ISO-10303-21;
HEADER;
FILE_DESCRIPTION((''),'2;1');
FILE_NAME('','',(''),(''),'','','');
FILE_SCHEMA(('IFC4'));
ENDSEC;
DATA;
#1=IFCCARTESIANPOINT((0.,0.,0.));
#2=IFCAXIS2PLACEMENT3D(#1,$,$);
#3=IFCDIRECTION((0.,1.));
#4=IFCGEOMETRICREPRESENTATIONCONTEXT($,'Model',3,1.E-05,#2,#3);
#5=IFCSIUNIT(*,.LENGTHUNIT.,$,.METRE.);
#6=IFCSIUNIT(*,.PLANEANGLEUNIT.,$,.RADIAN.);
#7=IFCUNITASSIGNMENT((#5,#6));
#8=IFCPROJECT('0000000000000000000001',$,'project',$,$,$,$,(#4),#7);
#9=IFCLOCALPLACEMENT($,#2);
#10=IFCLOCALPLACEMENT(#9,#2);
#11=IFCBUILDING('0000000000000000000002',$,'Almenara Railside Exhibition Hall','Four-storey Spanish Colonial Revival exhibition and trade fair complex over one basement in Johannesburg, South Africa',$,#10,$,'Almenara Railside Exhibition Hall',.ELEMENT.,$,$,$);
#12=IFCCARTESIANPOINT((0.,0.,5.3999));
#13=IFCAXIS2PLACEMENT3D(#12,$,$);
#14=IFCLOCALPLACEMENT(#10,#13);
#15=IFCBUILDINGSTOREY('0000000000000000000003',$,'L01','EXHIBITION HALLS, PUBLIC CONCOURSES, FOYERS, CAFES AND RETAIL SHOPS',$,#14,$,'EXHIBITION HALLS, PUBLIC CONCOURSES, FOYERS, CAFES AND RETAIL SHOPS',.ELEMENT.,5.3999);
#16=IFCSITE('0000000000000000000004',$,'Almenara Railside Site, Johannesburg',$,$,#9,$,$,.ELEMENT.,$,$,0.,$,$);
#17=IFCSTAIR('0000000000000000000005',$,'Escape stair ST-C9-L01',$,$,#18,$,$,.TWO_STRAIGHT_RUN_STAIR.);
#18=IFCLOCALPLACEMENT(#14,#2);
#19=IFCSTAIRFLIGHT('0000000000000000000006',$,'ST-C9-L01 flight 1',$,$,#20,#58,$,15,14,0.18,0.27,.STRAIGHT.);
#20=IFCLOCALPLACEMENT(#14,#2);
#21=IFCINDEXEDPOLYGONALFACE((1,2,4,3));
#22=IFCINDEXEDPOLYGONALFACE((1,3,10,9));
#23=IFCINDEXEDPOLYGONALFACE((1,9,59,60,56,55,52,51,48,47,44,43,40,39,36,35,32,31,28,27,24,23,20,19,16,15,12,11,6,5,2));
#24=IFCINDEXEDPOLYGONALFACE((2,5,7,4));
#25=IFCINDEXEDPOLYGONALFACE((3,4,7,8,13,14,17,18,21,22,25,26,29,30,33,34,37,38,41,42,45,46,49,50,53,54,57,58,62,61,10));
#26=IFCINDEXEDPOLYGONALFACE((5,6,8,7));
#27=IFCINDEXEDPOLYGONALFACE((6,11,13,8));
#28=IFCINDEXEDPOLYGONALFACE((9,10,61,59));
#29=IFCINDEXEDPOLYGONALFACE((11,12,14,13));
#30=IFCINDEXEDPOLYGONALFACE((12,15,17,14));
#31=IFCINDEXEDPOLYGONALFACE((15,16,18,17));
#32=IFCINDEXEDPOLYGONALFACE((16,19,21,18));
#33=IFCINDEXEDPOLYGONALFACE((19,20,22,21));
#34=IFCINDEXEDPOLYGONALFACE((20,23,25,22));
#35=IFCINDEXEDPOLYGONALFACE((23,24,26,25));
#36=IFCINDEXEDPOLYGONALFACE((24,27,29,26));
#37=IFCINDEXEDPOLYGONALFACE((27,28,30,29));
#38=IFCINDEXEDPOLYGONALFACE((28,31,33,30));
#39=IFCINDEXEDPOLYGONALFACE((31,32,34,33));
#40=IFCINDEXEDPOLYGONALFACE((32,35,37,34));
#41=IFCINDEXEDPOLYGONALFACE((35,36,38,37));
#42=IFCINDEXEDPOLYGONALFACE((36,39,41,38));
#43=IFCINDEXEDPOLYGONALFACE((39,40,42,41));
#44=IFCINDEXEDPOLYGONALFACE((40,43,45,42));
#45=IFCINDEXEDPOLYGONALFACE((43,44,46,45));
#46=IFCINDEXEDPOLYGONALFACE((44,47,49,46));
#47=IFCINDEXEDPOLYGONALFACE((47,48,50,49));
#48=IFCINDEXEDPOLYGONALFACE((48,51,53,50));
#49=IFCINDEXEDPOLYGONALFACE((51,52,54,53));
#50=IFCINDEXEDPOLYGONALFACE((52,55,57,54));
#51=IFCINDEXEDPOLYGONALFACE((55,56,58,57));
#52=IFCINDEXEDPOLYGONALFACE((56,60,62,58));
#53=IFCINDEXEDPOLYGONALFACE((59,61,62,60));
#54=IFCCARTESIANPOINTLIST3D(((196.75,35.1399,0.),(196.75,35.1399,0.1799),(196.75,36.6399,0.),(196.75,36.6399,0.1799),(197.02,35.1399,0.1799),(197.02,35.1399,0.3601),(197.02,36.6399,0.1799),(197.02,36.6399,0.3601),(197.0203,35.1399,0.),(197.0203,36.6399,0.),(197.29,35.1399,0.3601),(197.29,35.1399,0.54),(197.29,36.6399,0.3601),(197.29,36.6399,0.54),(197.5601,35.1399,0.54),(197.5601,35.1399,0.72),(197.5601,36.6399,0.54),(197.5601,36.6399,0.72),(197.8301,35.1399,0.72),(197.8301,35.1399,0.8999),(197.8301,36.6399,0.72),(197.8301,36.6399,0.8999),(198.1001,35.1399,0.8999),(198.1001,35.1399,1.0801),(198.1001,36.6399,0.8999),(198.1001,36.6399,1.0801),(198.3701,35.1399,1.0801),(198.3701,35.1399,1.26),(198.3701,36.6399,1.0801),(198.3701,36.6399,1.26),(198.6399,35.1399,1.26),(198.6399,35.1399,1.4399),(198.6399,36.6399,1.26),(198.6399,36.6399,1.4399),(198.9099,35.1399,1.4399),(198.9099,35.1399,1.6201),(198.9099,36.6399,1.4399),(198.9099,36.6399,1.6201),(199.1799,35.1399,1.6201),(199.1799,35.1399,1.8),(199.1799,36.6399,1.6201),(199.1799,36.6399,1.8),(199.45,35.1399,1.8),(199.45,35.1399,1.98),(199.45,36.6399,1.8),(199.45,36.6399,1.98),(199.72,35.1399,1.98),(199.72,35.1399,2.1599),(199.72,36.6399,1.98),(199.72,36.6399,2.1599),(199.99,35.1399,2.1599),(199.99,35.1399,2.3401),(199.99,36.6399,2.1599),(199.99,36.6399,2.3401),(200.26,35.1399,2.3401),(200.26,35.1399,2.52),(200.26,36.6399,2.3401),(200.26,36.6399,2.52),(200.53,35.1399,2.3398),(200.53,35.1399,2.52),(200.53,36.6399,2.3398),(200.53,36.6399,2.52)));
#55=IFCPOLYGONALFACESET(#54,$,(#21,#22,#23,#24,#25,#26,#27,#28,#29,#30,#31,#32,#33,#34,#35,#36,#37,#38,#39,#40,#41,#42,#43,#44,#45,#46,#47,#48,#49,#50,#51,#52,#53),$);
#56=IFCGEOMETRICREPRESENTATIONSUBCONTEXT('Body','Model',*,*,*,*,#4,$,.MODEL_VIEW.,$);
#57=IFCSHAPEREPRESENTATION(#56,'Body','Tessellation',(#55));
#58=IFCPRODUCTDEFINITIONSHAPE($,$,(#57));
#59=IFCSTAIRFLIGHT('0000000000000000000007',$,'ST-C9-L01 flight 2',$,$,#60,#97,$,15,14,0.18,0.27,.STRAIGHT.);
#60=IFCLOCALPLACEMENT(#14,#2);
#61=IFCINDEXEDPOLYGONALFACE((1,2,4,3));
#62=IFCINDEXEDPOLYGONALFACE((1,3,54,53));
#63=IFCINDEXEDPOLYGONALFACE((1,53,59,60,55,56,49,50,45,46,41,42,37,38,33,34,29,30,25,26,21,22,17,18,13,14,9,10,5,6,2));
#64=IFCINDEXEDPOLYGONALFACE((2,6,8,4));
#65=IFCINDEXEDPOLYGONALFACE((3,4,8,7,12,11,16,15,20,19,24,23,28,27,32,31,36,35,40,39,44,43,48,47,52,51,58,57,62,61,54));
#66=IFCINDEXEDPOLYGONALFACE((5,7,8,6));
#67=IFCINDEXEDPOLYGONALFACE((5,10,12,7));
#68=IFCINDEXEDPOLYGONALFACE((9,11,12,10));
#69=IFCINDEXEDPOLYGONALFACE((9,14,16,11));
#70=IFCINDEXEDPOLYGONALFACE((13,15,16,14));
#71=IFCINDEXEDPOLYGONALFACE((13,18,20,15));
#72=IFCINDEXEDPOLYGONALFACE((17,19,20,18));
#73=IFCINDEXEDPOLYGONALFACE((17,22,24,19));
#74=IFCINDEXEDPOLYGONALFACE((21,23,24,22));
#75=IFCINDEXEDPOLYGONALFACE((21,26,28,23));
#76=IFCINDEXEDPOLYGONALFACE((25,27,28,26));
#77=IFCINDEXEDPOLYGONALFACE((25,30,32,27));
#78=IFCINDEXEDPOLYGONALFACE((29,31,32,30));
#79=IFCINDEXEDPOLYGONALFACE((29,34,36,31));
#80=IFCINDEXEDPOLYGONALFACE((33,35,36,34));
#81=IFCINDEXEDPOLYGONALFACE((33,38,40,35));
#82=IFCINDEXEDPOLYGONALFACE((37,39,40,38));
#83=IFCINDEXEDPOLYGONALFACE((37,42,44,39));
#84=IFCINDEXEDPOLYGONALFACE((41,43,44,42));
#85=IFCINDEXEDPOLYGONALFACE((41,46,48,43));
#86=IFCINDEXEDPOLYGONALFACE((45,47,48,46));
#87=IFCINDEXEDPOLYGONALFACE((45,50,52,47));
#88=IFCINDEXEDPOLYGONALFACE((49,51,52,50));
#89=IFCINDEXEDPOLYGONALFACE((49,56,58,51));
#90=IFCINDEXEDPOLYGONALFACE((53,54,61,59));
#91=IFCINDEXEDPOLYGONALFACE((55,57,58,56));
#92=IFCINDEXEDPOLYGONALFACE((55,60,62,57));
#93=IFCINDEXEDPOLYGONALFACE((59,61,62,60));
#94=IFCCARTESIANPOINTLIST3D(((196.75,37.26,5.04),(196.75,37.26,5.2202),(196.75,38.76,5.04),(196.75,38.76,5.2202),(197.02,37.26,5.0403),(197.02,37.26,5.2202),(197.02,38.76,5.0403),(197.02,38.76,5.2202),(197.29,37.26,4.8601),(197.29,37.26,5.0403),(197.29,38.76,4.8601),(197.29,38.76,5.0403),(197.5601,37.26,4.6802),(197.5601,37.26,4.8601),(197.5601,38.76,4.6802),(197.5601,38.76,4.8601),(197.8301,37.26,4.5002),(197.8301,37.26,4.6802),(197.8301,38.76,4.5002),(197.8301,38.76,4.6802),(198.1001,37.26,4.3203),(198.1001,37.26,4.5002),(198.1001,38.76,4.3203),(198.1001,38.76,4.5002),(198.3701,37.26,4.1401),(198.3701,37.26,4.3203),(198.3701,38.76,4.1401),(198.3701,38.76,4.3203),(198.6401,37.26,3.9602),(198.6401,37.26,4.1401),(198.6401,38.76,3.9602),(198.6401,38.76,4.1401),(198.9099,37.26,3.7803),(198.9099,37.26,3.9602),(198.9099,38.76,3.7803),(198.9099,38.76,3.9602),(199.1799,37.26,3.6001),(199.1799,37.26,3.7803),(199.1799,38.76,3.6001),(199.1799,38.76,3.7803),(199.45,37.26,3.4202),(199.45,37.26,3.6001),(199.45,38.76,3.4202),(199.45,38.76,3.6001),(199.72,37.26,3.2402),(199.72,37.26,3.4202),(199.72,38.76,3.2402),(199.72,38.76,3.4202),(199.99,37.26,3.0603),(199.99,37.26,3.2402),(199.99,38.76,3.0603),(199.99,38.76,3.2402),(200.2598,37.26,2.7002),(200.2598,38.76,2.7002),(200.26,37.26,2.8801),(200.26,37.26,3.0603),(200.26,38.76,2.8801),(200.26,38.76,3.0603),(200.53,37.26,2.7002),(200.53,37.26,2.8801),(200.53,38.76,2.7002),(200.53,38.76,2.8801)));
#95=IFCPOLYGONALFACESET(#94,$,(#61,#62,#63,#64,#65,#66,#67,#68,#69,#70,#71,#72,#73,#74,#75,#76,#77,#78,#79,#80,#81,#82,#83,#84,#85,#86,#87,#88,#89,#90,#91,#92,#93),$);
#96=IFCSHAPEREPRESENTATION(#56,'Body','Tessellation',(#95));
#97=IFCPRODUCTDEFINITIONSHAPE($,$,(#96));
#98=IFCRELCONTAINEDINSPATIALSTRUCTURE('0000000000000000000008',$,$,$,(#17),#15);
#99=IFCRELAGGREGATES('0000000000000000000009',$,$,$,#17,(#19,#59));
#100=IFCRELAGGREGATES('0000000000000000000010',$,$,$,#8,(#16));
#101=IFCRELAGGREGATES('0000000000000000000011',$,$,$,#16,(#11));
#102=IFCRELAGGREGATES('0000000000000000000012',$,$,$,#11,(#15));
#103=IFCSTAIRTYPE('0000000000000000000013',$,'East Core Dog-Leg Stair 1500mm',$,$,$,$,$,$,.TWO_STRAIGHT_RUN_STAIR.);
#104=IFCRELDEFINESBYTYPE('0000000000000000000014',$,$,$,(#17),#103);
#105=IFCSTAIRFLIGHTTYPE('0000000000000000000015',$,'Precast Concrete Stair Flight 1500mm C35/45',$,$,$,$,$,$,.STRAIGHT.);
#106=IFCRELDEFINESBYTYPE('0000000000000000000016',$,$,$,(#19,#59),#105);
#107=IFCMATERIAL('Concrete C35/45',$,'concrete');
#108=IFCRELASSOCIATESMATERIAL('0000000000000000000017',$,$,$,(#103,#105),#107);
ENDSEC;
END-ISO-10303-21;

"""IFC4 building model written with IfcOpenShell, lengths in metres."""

from ifc_helpers import new_model, si_unit, direction, frame, origin, place, context, subcontext, project, spatial, polyline, outline, extrude, material, type_object, element, aggregate, save


model = new_model("IFC4")

# Units and contexts
model_context = context("Model", 3, precision=1e-05, world=origin(), true_north=direction((0.0, 1.0)))
body_context = subcontext(model_context, "Body", "Model", "MODEL_VIEW")
ifc_project = project(units=[si_unit("LENGTHUNIT", "METRE"), si_unit("PLANEANGLEUNIT", "RADIAN")], contexts=[model_context])

# Site, building, storey
site_placement = place(None, origin())
site = spatial("IfcSite", under=ifc_project, at=site_placement, Name="Almenara Railside Site, Johannesburg", CompositionType="ELEMENT", RefElevation=0.0)
building_placement = place(site_placement, origin())
building = spatial("IfcBuilding", under=site, at=building_placement, Name="Almenara Railside Exhibition Hall", Description="Four-storey Spanish Colonial Revival exhibition and trade fair complex over one basement in Johannesburg, South Africa", LongName="Almenara Railside Exhibition Hall", CompositionType="ELEMENT")
storey_placement = place(building_placement, frame((0.0, 0.0, 5.3999)))
storey = spatial("IfcBuildingStorey", under=building, at=storey_placement, Name="L01", Description="EXHIBITION HALLS, PUBLIC CONCOURSES, FOYERS, CAFES AND RETAIL SHOPS", LongName="EXHIBITION HALLS, PUBLIC CONCOURSES, FOYERS, CAFES AND RETAIL SHOPS", CompositionType="ELEMENT", Elevation=5.3999)

# Shared definitions
ifc_material_1 = material(Name="Concrete C35/45", Category="concrete")

# Stair, stair flights
stair_type = type_object("IfcStairType", Name="East Core Dog-Leg Stair 1500mm", PredefinedType="TWO_STRAIGHT_RUN_STAIR", material=ifc_material_1)
stair_placement = place(storey_placement, origin())
stair = element("IfcStair", 1, at=stair_placement, inside=storey, type_object=stair_type, Name="Escape stair ST-C9-L01", PredefinedType="TWO_STRAIGHT_RUN_STAIR")
stair_flight_type = type_object("IfcStairFlightType", Name="Precast Concrete Stair Flight 1500mm C35/45", PredefinedType="STRAIGHT", material=ifc_material_1)
stair_flight_1_placement = place(storey_placement, frame((196.75, 35.8899, 0.0), z_axis=(0.0, 0.0, 1.0), x_axis=(1.0, 0.0, 0.0)))
stair_flight_1 = element("IfcStairFlight", 2, at=stair_flight_1_placement, type_object=stair_flight_type, Name="ST-C9-L01 flight 1", NumberOfRisers=15, NumberOfTreads=14, PredefinedType="STRAIGHT", RiserHeight=0.18, TreadLength=0.27, context=body_context, shape_type="SweptSolid", body=[
    extrude(outline(polyline([(0.0, 0.0), (0.0, 0.1799), (0.27, 0.1799), (0.27, 0.3601), (0.54, 0.3601), (0.54, 0.54), (0.8101, 0.54), (0.8101, 0.72), (1.0801, 0.72), (1.0801, 0.8999), (1.3501, 0.8999), (1.3501, 1.0801), (1.6201, 1.0801), (1.6201, 1.26), (1.8899, 1.26), (1.8899, 1.4399), (2.1599, 1.4399), (2.1599, 1.6201), (2.4299, 1.6201), (2.4299, 1.8), (2.7, 1.8), (2.7, 1.98), (2.97, 1.98), (2.97, 2.1599), (3.24, 2.1599), (3.24, 2.3401), (3.51, 2.3401), (3.51, 2.52), (3.78, 2.52), (3.78, 2.7), (3.78, 2.3398), (0.2703, 0.0), (0.0, 0.0)])), frame((0.0, 0.75, 0.0), z_axis=(0.0, -1.0, 0.0), x_axis=(1.0, 0.0, 0.0)), (0.0, 0.0, 1.0), 1.5),
])
stair_flight_2_placement = place(storey_placement, frame((200.53, 38.01, 2.7002), z_axis=(0.0, 0.0, 1.0), x_axis=(-1.0, 0.0, 0.0)))
stair_flight_2 = element("IfcStairFlight", 3, at=stair_flight_2_placement, type_object=stair_flight_type, Name="ST-C9-L01 flight 2", NumberOfRisers=15, NumberOfTreads=14, PredefinedType="STRAIGHT", RiserHeight=0.18, TreadLength=0.27, context=body_context, shape_type="SweptSolid", body=[
    extrude(outline(polyline([(0.0, 0.0), (0.0, 0.1799), (0.27, 0.1799), (0.27, 0.3601), (0.54, 0.3601), (0.54, 0.54), (0.8101, 0.54), (0.8101, 0.72), (1.0801, 0.72), (1.0801, 0.8999), (1.3501, 0.8999), (1.3501, 1.0801), (1.6201, 1.0801), (1.6201, 1.26), (1.8899, 1.26), (1.8899, 1.4399), (2.1599, 1.4399), (2.1599, 1.6201), (2.4299, 1.6201), (2.4299, 1.8), (2.7, 1.8), (2.7, 1.98), (2.97, 1.98), (2.97, 2.1599), (3.24, 2.1599), (3.24, 2.3401), (3.51, 2.3401), (3.51, 2.52), (3.78, 2.52), (3.78, 2.7), (3.78, 2.3398), (0.2703, 0.0), (0.0, 0.0)])), frame((0.0, 0.75, 0.0), z_axis=(0.0, -1.0, 0.0), x_axis=(1.0, 0.0, 0.0)), (0.0, 0.0, 1.0), 1.5),
])
aggregate(stair, [stair_flight_1, stair_flight_2])

save(model, "model.ifc")
